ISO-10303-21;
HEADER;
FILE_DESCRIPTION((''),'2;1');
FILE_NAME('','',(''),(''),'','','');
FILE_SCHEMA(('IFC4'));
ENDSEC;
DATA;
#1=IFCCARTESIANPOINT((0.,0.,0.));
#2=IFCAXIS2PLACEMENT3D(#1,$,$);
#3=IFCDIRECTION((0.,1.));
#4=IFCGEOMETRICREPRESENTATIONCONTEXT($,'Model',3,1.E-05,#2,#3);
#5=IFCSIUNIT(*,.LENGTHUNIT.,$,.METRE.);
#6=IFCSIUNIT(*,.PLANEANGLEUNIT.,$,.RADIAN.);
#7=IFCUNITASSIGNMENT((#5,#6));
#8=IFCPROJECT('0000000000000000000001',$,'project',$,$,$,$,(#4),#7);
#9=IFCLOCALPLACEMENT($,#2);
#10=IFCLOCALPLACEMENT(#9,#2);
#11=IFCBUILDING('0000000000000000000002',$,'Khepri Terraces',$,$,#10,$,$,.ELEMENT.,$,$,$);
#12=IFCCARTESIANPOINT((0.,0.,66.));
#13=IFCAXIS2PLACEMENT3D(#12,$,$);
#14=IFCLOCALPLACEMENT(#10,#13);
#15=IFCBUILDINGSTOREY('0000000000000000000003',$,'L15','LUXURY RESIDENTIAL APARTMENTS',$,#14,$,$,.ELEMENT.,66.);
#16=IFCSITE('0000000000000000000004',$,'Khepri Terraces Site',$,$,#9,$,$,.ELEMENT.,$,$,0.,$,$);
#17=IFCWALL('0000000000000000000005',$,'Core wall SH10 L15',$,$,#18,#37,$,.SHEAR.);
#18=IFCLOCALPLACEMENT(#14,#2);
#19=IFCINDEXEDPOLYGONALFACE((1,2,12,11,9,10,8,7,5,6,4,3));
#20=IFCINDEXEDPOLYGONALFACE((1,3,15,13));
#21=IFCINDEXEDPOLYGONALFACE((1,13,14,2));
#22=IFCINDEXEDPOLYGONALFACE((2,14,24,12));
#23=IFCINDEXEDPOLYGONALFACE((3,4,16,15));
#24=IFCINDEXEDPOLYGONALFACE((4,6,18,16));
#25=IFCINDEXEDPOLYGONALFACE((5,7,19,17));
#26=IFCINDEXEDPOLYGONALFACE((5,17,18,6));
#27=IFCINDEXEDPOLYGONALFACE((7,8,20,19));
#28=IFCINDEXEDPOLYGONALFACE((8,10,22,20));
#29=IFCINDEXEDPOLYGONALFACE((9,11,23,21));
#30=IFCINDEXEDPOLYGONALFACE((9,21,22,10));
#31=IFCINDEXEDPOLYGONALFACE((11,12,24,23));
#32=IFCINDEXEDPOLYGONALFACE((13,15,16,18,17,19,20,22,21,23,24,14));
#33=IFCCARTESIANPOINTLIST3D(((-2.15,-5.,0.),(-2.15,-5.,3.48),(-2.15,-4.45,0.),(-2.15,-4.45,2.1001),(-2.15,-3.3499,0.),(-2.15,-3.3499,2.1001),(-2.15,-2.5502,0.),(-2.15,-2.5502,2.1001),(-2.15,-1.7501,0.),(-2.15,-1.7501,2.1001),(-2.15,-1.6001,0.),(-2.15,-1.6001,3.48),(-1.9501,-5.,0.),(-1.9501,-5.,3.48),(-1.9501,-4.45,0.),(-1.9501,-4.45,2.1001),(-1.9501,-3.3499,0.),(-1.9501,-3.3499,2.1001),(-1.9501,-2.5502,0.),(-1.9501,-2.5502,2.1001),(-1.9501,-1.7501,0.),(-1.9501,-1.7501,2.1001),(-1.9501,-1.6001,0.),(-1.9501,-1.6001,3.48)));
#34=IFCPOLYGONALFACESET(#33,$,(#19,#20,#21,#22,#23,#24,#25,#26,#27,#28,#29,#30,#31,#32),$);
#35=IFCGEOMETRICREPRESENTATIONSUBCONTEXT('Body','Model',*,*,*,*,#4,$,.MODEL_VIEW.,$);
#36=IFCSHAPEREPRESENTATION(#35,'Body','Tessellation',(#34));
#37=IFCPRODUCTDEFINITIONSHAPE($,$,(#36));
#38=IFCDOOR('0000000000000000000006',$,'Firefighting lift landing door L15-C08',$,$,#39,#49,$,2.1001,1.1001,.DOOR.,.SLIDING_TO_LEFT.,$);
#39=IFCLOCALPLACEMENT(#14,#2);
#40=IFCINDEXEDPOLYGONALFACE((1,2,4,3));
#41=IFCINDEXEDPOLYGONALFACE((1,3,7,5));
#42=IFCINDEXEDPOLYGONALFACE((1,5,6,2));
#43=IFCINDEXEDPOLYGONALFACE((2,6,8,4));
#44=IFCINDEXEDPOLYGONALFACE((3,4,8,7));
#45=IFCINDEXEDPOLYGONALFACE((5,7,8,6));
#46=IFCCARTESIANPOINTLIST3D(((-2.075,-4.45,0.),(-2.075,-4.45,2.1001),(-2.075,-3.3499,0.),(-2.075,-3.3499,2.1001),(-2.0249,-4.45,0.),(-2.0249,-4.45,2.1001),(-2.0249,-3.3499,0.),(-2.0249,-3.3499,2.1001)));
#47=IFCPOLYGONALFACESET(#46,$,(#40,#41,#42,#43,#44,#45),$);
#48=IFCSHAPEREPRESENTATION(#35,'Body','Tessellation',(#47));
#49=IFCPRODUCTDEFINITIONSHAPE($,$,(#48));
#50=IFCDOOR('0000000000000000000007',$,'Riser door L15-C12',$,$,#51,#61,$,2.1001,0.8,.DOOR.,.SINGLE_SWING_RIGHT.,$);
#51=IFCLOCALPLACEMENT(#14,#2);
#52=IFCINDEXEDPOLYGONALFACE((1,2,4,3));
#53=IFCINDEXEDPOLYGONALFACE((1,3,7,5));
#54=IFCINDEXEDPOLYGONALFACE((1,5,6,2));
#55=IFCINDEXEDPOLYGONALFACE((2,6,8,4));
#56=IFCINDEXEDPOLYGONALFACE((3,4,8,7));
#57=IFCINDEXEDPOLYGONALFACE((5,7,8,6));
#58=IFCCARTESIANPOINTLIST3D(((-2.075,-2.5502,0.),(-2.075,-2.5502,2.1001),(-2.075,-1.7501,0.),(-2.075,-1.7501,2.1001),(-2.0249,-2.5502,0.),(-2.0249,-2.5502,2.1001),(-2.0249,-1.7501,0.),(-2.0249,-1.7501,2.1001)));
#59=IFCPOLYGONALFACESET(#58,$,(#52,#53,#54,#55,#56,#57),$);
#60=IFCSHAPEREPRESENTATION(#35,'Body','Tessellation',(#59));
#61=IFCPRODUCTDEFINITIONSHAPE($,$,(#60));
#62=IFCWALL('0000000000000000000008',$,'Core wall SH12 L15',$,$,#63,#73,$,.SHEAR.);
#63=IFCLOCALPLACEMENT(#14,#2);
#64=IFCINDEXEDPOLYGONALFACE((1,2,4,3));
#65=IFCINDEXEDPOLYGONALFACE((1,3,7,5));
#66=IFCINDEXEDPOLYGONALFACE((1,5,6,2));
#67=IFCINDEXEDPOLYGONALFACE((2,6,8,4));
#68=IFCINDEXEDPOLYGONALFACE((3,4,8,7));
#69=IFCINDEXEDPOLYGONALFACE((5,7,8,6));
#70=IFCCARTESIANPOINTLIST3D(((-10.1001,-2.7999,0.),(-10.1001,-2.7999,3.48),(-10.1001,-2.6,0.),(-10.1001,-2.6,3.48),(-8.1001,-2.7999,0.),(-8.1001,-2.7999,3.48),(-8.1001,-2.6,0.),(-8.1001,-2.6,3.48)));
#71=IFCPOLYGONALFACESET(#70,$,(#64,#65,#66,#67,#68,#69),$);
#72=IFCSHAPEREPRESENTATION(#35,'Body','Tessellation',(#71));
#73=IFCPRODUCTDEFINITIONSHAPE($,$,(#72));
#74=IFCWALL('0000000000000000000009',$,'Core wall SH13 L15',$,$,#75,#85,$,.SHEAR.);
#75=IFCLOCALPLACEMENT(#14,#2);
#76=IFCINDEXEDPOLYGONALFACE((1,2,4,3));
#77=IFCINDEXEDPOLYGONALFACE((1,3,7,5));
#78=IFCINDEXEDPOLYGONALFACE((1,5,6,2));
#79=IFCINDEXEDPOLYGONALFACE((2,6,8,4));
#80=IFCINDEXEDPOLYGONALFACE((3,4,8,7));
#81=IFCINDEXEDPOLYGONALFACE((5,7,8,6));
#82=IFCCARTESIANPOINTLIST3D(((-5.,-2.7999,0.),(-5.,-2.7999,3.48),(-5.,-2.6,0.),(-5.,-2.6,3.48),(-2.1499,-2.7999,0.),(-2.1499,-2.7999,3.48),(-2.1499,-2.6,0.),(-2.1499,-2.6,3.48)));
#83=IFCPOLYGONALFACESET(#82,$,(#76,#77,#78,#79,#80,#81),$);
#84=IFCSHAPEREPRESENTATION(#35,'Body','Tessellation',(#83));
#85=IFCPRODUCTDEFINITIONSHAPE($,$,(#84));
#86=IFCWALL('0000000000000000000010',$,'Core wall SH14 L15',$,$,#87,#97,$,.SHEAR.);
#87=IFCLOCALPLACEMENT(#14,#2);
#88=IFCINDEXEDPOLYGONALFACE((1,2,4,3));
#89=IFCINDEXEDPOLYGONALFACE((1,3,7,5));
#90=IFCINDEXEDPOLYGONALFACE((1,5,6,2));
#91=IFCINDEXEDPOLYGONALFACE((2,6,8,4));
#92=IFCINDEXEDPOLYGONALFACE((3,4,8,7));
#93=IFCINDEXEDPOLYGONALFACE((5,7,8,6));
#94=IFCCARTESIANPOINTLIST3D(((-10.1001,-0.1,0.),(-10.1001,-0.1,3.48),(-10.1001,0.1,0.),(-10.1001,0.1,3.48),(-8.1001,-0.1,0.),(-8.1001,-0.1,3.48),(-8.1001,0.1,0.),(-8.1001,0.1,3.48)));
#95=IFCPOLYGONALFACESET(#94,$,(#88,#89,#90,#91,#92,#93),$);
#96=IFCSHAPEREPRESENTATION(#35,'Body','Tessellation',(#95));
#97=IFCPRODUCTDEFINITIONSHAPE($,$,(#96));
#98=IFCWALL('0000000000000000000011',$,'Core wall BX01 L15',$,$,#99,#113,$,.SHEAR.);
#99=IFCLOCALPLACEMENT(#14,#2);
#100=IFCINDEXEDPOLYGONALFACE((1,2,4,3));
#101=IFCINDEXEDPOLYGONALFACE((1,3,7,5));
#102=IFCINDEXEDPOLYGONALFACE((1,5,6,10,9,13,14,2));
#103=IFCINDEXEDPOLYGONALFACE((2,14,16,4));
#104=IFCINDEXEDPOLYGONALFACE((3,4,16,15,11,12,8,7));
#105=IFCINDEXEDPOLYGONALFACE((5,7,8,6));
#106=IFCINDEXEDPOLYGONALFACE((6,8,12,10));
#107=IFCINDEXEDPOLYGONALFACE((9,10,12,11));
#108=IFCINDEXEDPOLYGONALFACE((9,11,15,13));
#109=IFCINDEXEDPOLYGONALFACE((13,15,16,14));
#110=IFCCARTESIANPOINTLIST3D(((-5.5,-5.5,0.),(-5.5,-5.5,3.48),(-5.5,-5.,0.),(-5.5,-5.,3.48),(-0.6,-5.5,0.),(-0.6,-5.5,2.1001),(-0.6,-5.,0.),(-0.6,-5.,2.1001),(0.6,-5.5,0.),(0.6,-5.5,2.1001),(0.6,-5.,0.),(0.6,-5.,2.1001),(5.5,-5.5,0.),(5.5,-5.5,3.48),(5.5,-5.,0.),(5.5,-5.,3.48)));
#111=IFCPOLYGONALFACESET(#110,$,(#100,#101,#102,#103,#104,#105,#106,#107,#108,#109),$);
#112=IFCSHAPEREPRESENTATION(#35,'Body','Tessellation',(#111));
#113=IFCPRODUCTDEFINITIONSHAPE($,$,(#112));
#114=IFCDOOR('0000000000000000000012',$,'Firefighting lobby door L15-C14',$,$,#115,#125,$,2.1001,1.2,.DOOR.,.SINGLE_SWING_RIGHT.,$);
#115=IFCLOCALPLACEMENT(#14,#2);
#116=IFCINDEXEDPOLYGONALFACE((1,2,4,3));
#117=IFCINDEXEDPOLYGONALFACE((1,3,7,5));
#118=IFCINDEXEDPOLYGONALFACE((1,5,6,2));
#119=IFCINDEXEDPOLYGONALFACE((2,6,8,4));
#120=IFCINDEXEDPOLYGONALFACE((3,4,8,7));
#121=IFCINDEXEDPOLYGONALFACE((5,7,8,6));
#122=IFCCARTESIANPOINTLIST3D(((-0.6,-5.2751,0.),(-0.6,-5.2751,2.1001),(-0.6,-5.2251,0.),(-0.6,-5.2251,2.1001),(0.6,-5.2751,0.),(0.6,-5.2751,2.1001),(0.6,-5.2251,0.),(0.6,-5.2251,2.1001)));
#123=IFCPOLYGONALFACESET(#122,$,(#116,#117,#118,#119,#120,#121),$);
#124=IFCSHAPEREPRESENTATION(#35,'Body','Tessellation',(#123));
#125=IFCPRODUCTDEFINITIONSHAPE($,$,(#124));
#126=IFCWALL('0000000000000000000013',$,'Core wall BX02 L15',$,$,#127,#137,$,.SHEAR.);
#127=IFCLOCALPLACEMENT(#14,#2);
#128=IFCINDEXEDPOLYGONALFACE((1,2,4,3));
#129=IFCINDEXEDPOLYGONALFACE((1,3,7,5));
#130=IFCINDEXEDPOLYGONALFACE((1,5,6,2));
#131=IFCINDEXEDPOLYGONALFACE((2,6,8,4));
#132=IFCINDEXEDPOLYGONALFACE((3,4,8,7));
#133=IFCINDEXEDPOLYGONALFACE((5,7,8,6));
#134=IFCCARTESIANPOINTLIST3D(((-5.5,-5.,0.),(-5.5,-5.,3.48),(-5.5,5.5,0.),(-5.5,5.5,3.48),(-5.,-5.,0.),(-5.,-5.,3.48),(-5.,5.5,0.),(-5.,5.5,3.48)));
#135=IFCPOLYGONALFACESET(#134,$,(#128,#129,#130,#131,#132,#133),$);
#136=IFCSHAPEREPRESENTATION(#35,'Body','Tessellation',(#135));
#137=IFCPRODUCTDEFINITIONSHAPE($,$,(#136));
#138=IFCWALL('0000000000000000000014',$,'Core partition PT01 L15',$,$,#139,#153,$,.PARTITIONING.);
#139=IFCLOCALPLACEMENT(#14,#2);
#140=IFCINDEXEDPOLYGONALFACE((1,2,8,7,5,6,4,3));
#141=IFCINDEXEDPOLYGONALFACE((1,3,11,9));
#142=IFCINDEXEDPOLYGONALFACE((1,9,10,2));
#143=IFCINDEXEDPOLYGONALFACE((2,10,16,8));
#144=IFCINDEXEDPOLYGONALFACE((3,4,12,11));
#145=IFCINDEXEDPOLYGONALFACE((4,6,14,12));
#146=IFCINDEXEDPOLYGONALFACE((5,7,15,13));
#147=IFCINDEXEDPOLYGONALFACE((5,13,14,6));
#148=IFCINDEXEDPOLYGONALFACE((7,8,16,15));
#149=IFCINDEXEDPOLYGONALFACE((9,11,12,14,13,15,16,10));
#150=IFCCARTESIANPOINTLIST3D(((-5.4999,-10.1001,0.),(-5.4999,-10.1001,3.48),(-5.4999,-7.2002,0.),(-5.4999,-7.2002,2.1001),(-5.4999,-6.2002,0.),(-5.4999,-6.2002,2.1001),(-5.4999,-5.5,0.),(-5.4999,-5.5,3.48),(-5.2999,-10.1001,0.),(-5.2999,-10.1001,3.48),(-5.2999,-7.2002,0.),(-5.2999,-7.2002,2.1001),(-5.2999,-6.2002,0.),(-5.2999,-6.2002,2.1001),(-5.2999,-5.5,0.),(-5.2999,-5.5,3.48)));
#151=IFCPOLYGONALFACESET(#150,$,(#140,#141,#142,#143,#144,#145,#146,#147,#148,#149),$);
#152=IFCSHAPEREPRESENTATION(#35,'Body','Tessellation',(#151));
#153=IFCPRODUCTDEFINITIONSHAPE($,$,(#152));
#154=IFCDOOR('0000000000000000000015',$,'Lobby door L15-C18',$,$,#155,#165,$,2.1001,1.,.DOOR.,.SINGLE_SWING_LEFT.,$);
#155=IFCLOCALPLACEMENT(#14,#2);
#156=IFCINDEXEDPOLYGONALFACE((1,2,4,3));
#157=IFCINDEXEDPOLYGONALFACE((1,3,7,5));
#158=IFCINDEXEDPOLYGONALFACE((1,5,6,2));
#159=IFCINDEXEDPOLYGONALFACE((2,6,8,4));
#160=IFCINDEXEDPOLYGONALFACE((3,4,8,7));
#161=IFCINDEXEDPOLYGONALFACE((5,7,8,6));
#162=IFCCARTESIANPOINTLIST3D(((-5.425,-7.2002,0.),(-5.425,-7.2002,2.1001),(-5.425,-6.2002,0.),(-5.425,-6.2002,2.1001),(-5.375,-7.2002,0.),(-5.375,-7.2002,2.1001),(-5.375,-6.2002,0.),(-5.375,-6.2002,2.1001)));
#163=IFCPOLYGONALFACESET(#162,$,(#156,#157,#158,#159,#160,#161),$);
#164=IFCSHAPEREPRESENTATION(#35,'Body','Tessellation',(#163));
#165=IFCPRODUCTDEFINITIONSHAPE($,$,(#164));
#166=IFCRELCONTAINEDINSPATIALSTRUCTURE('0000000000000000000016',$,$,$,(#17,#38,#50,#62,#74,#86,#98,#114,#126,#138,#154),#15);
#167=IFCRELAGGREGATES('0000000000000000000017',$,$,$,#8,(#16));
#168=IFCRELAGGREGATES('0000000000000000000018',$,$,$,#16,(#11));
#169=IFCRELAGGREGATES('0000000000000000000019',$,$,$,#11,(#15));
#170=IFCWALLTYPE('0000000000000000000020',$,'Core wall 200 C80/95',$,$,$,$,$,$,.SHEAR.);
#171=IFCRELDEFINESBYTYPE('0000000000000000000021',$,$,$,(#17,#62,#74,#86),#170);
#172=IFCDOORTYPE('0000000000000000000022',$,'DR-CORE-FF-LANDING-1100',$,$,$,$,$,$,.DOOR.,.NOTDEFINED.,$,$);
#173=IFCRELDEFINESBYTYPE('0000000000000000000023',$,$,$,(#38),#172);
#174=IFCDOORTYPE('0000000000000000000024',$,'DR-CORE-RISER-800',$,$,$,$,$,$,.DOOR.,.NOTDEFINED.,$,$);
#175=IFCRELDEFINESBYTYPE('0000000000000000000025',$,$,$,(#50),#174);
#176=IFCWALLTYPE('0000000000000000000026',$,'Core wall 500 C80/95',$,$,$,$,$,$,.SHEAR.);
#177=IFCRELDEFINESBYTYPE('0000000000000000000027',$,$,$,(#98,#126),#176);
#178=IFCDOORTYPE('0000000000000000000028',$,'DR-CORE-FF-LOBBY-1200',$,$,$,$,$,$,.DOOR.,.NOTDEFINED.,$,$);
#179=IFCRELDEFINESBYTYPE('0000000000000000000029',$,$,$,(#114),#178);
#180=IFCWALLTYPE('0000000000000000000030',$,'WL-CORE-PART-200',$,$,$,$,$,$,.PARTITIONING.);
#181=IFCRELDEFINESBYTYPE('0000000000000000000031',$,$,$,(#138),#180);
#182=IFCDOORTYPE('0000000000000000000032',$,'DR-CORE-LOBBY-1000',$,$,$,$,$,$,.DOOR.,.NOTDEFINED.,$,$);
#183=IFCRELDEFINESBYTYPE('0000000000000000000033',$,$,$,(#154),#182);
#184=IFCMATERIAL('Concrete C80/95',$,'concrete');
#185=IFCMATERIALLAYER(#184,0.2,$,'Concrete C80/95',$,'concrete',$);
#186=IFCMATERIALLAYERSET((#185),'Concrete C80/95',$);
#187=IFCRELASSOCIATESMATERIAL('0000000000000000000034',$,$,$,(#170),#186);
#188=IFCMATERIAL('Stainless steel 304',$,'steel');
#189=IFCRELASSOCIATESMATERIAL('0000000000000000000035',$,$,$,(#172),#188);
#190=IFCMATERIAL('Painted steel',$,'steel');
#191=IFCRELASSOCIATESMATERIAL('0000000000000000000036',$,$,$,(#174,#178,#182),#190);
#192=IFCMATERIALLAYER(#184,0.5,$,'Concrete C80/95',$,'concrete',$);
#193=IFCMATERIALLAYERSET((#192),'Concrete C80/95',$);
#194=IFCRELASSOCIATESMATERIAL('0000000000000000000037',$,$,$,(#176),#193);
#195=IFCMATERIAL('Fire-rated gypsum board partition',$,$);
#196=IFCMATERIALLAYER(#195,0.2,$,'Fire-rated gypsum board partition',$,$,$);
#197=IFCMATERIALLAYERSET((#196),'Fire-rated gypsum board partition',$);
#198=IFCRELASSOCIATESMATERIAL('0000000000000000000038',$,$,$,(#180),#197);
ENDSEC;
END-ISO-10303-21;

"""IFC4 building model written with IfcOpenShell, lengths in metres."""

from ifc_helpers import new_model, si_unit, direction, frame, frame_2d, origin, place, context, subcontext, project, spatial, rectangle, extrude, material, layer, layer_set, type_object, element, fill, save


model = new_model("IFC4")

# Units and contexts
model_context = context("Model", 3, precision=1e-05, world=origin(), true_north=direction((0.0, 1.0)))
body_context = subcontext(model_context, "Body", "Model", "MODEL_VIEW")
ifc_project = project(units=[si_unit("LENGTHUNIT", "METRE"), si_unit("PLANEANGLEUNIT", "RADIAN")], contexts=[model_context])

# Site, building, storey
site_placement = place(None, origin())
site = spatial("IfcSite", under=ifc_project, at=site_placement, Name="Khepri Terraces Site", CompositionType="ELEMENT", RefElevation=0.0)
building_placement = place(site_placement, origin())
building = spatial("IfcBuilding", under=site, at=building_placement, Name="Khepri Terraces", CompositionType="ELEMENT")
storey_placement = place(building_placement, frame((0.0, 0.0, 66.0)))
storey = spatial("IfcBuildingStorey", under=building, at=storey_placement, Name="L15", Description="LUXURY RESIDENTIAL APARTMENTS", CompositionType="ELEMENT", Elevation=66.0)

# Shared definitions
ifc_material_1 = material(Name="Concrete C80/95", Category="concrete")
ifc_layer_1 = layer(ifc_material_1, 0.2, Name="Concrete C80/95", Category="concrete")
ifc_layer_set_1 = layer_set([ifc_layer_1], Name="Concrete C80/95")
wall_type_1 = type_object("IfcWallType", Name="Core wall 200 C80/95", PredefinedType="SHEAR", material=ifc_layer_set_1)

# Shared definitions
ifc_material_2 = material(Name="Painted steel", Category="steel")

# Shared definitions
ifc_material_3 = material(Name="Stainless steel 304", Category="steel")

# Wall, openings, doors
wall_1_placement = place(storey_placement, frame((-2.05, -5.0, 0.0), z_axis=(0.0, 0.0, 1.0), x_axis=(0.0, 1.0, 0.0)))
wall_1 = element("IfcWall", 1, at=wall_1_placement, inside=storey, type_object=wall_type_1, Name="Core wall SH10 L15", PredefinedType="SHEAR", context=body_context, shape_type="SweptSolid", body=[
    extrude(rectangle(XDim=3.3999, YDim=0.2, at=frame_2d((1.7, 0.0))), origin(), (0.0, 0.0, 1.0), 3.48),
])
opening_1_placement = place(wall_1_placement, frame((0.55, 0.0, 0.0)))
opening_1 = element("IfcOpeningElement", 2, at=opening_1_placement, cuts=wall_1, PredefinedType="OPENING", context=body_context, shape_type="SweptSolid", body=[
    extrude(rectangle(XDim=1.1001, YDim=2.1001, at=frame_2d((0.55, 1.05))), frame((0.0, 0.1099, 0.0), z_axis=(0.0, -1.0, 0.0), x_axis=(1.0, 0.0, 0.0)), (0.0, 0.0, 1.0), 0.22),
])
opening_2_placement = place(wall_1_placement, frame((2.45, 0.0, 0.0)))
opening_2 = element("IfcOpeningElement", 3, at=opening_2_placement, cuts=wall_1, PredefinedType="OPENING", context=body_context, shape_type="SweptSolid", body=[
    extrude(rectangle(XDim=0.8, YDim=2.1001, at=frame_2d((0.3999, 1.05))), frame((0.0, 0.1099, 0.0), z_axis=(0.0, -1.0, 0.0), x_axis=(1.0, 0.0, 0.0)), (0.0, 0.0, 1.0), 0.22),
])
door_type_1 = type_object("IfcDoorType", Name="DR-CORE-FF-LANDING-1100", OperationType="NOTDEFINED", PredefinedType="DOOR", material=ifc_material_3)
door_1_placement = place(opening_1_placement, origin())
door_1 = element("IfcDoor", 4, at=door_1_placement, inside=storey, type_object=door_type_1, Name="Firefighting lift landing door L15-C08", OperationType="SLIDING_TO_LEFT", OverallHeight=2.1001, OverallWidth=1.1001, PredefinedType="DOOR", context=body_context, shape_type="SweptSolid", body=[
    extrude(rectangle(XDim=1.1001, YDim=2.1001, at=frame_2d((0.55, 1.05))), frame((0.0, 0.0249, 0.0), z_axis=(0.0, -1.0, 0.0), x_axis=(1.0, 0.0, 0.0)), (0.0, 0.0, 1.0), 0.05),
])
fill(opening_1, door_1)
door_type_2 = type_object("IfcDoorType", Name="DR-CORE-RISER-800", OperationType="NOTDEFINED", PredefinedType="DOOR", material=ifc_material_2)
door_2_placement = place(opening_2_placement, origin())
door_2 = element("IfcDoor", 5, at=door_2_placement, inside=storey, type_object=door_type_2, Name="Riser door L15-C12", OperationType="SINGLE_SWING_RIGHT", OverallHeight=2.1001, OverallWidth=0.8, PredefinedType="DOOR", context=body_context, shape_type="SweptSolid", body=[
    extrude(rectangle(XDim=0.8, YDim=2.1001, at=frame_2d((0.3999, 1.05))), frame((0.0, 0.0249, 0.0), z_axis=(0.0, -1.0, 0.0), x_axis=(1.0, 0.0, 0.0)), (0.0, 0.0, 1.0), 0.05),
])
fill(opening_2, door_2)

# Walls
wall_2_placement = place(storey_placement, frame((-10.1001, -2.7, 0.0), z_axis=(0.0, 0.0, 1.0), x_axis=(1.0, 0.0, 0.0)))
element("IfcWall", 6, at=wall_2_placement, inside=storey, type_object=wall_type_1, Name="Core wall SH12 L15", PredefinedType="SHEAR", context=body_context, shape_type="SweptSolid", body=[
    extrude(rectangle(XDim=2.0, YDim=0.2, at=frame_2d((1.0, 0.0))), origin(), (0.0, 0.0, 1.0), 3.48),
])
wall_3_placement = place(storey_placement, frame((-5.0, -2.7, 0.0), z_axis=(0.0, 0.0, 1.0), x_axis=(1.0, 0.0, 0.0)))
element("IfcWall", 7, at=wall_3_placement, inside=storey, type_object=wall_type_1, Name="Core wall SH13 L15", PredefinedType="SHEAR", context=body_context, shape_type="SweptSolid", body=[
    extrude(rectangle(XDim=2.8501, YDim=0.2, at=frame_2d((1.425, 0.0))), origin(), (0.0, 0.0, 1.0), 3.48),
])
wall_4_placement = place(storey_placement, frame((-10.1001, 0.0, 0.0), z_axis=(0.0, 0.0, 1.0), x_axis=(1.0, 0.0, 0.0)))
element("IfcWall", 8, at=wall_4_placement, inside=storey, type_object=wall_type_1, Name="Core wall SH14 L15", PredefinedType="SHEAR", context=body_context, shape_type="SweptSolid", body=[
    extrude(rectangle(XDim=2.0, YDim=0.2, at=frame_2d((1.0, 0.0))), origin(), (0.0, 0.0, 1.0), 3.48),
])

# Wall, opening, door
ifc_layer_2 = layer(ifc_material_1, 0.5, Name="Concrete C80/95", Category="concrete")
ifc_layer_set_2 = layer_set([ifc_layer_2], Name="Concrete C80/95")
wall_type_2 = type_object("IfcWallType", Name="Core wall 500 C80/95", PredefinedType="SHEAR", material=ifc_layer_set_2)
wall_5_placement = place(storey_placement, frame((-5.5, -5.25, 0.0), z_axis=(0.0, 0.0, 1.0), x_axis=(1.0, 0.0, 0.0)))
wall_5 = element("IfcWall", 9, at=wall_5_placement, inside=storey, type_object=wall_type_2, Name="Core wall BX01 L15", PredefinedType="SHEAR", context=body_context, shape_type="SweptSolid", body=[
    extrude(rectangle(XDim=11.0, YDim=0.5, at=frame_2d((5.5, 0.0))), origin(), (0.0, 0.0, 1.0), 3.48),
])
opening_3_placement = place(wall_5_placement, frame((4.8999, 0.0, 0.0)))
opening_3 = element("IfcOpeningElement", 10, at=opening_3_placement, cuts=wall_5, PredefinedType="OPENING", context=body_context, shape_type="SweptSolid", body=[
    extrude(rectangle(XDim=1.2, YDim=2.1001, at=frame_2d((0.6001, 1.05))), frame((0.0, 0.26, 0.0), z_axis=(0.0, -1.0, 0.0), x_axis=(1.0, 0.0, 0.0)), (0.0, 0.0, 1.0), 0.52),
])
door_type_3 = type_object("IfcDoorType", Name="DR-CORE-FF-LOBBY-1200", OperationType="NOTDEFINED", PredefinedType="DOOR", material=ifc_material_2)
door_3_placement = place(opening_3_placement, origin())
door_3 = element("IfcDoor", 11, at=door_3_placement, inside=storey, type_object=door_type_3, Name="Firefighting lobby door L15-C14", OperationType="SINGLE_SWING_RIGHT", OverallHeight=2.1001, OverallWidth=1.2, PredefinedType="DOOR", context=body_context, shape_type="SweptSolid", body=[
    extrude(rectangle(XDim=1.2, YDim=2.1001, at=frame_2d((0.6001, 1.05))), frame((0.0, 0.0249, 0.0), z_axis=(0.0, -1.0, 0.0), x_axis=(1.0, 0.0, 0.0)), (0.0, 0.0, 1.0), 0.05),
])
fill(opening_3, door_3)

# Wall
wall_6_placement = place(storey_placement, frame((-5.25, -5.0, 0.0), z_axis=(0.0, 0.0, 1.0), x_axis=(0.0, 1.0, 0.0)))
element("IfcWall", 12, at=wall_6_placement, inside=storey, type_object=wall_type_2, Name="Core wall BX02 L15", PredefinedType="SHEAR", context=body_context, shape_type="SweptSolid", body=[
    extrude(rectangle(XDim=10.5, YDim=0.5, at=frame_2d((5.25, 0.0))), origin(), (0.0, 0.0, 1.0), 3.48),
])

# Wall, opening, door
ifc_material_4 = material(Name="Fire-rated gypsum board partition")
ifc_layer_3 = layer(ifc_material_4, 0.2, Name="Fire-rated gypsum board partition")
ifc_layer_set_3 = layer_set([ifc_layer_3], Name="Fire-rated gypsum board partition")
wall_type_3 = type_object("IfcWallType", Name="WL-CORE-PART-200", PredefinedType="PARTITIONING", material=ifc_layer_set_3)
wall_7_placement = place(storey_placement, frame((-5.3999, -10.1001, 0.0), z_axis=(0.0, 0.0, 1.0), x_axis=(0.0, 1.0, 0.0)))
wall_7 = element("IfcWall", 13, at=wall_7_placement, inside=storey, type_object=wall_type_3, Name="Core partition PT01 L15", PredefinedType="PARTITIONING", context=body_context, shape_type="SweptSolid", body=[
    extrude(rectangle(XDim=4.6001, YDim=0.2, at=frame_2d((2.3, 0.0))), origin(), (0.0, 0.0, 1.0), 3.48),
])
opening_4_placement = place(wall_7_placement, frame((2.8999, 0.0, 0.0)))
opening_4 = element("IfcOpeningElement", 14, at=opening_4_placement, cuts=wall_7, PredefinedType="OPENING", context=body_context, shape_type="SweptSolid", body=[
    extrude(rectangle(XDim=1.0, YDim=2.1001, at=frame_2d((0.5, 1.05))), frame((0.0, 0.1099, 0.0), z_axis=(0.0, -1.0, 0.0), x_axis=(1.0, 0.0, 0.0)), (0.0, 0.0, 1.0), 0.22),
])
door_type_4 = type_object("IfcDoorType", Name="DR-CORE-LOBBY-1000", OperationType="NOTDEFINED", PredefinedType="DOOR", material=ifc_material_2)
door_4_placement = place(opening_4_placement, frame((1.0, 0.0, 0.0), z_axis=(0.0, 0.0, 1.0), x_axis=(-1.0, 0.0, 0.0)))
door_4 = element("IfcDoor", 15, at=door_4_placement, inside=storey, type_object=door_type_4, Name="Lobby door L15-C18", OperationType="SINGLE_SWING_LEFT", OverallHeight=2.1001, OverallWidth=1.0, PredefinedType="DOOR", context=body_context, shape_type="SweptSolid", body=[
    extrude(rectangle(XDim=1.0, YDim=2.1001, at=frame_2d((0.5, 1.05))), frame((0.0, 0.0249, 0.0), z_axis=(0.0, -1.0, 0.0), x_axis=(1.0, 0.0, 0.0)), (0.0, 0.0, 1.0), 0.05),
])
fill(opening_4, door_4)

save(model, "model.ifc")
